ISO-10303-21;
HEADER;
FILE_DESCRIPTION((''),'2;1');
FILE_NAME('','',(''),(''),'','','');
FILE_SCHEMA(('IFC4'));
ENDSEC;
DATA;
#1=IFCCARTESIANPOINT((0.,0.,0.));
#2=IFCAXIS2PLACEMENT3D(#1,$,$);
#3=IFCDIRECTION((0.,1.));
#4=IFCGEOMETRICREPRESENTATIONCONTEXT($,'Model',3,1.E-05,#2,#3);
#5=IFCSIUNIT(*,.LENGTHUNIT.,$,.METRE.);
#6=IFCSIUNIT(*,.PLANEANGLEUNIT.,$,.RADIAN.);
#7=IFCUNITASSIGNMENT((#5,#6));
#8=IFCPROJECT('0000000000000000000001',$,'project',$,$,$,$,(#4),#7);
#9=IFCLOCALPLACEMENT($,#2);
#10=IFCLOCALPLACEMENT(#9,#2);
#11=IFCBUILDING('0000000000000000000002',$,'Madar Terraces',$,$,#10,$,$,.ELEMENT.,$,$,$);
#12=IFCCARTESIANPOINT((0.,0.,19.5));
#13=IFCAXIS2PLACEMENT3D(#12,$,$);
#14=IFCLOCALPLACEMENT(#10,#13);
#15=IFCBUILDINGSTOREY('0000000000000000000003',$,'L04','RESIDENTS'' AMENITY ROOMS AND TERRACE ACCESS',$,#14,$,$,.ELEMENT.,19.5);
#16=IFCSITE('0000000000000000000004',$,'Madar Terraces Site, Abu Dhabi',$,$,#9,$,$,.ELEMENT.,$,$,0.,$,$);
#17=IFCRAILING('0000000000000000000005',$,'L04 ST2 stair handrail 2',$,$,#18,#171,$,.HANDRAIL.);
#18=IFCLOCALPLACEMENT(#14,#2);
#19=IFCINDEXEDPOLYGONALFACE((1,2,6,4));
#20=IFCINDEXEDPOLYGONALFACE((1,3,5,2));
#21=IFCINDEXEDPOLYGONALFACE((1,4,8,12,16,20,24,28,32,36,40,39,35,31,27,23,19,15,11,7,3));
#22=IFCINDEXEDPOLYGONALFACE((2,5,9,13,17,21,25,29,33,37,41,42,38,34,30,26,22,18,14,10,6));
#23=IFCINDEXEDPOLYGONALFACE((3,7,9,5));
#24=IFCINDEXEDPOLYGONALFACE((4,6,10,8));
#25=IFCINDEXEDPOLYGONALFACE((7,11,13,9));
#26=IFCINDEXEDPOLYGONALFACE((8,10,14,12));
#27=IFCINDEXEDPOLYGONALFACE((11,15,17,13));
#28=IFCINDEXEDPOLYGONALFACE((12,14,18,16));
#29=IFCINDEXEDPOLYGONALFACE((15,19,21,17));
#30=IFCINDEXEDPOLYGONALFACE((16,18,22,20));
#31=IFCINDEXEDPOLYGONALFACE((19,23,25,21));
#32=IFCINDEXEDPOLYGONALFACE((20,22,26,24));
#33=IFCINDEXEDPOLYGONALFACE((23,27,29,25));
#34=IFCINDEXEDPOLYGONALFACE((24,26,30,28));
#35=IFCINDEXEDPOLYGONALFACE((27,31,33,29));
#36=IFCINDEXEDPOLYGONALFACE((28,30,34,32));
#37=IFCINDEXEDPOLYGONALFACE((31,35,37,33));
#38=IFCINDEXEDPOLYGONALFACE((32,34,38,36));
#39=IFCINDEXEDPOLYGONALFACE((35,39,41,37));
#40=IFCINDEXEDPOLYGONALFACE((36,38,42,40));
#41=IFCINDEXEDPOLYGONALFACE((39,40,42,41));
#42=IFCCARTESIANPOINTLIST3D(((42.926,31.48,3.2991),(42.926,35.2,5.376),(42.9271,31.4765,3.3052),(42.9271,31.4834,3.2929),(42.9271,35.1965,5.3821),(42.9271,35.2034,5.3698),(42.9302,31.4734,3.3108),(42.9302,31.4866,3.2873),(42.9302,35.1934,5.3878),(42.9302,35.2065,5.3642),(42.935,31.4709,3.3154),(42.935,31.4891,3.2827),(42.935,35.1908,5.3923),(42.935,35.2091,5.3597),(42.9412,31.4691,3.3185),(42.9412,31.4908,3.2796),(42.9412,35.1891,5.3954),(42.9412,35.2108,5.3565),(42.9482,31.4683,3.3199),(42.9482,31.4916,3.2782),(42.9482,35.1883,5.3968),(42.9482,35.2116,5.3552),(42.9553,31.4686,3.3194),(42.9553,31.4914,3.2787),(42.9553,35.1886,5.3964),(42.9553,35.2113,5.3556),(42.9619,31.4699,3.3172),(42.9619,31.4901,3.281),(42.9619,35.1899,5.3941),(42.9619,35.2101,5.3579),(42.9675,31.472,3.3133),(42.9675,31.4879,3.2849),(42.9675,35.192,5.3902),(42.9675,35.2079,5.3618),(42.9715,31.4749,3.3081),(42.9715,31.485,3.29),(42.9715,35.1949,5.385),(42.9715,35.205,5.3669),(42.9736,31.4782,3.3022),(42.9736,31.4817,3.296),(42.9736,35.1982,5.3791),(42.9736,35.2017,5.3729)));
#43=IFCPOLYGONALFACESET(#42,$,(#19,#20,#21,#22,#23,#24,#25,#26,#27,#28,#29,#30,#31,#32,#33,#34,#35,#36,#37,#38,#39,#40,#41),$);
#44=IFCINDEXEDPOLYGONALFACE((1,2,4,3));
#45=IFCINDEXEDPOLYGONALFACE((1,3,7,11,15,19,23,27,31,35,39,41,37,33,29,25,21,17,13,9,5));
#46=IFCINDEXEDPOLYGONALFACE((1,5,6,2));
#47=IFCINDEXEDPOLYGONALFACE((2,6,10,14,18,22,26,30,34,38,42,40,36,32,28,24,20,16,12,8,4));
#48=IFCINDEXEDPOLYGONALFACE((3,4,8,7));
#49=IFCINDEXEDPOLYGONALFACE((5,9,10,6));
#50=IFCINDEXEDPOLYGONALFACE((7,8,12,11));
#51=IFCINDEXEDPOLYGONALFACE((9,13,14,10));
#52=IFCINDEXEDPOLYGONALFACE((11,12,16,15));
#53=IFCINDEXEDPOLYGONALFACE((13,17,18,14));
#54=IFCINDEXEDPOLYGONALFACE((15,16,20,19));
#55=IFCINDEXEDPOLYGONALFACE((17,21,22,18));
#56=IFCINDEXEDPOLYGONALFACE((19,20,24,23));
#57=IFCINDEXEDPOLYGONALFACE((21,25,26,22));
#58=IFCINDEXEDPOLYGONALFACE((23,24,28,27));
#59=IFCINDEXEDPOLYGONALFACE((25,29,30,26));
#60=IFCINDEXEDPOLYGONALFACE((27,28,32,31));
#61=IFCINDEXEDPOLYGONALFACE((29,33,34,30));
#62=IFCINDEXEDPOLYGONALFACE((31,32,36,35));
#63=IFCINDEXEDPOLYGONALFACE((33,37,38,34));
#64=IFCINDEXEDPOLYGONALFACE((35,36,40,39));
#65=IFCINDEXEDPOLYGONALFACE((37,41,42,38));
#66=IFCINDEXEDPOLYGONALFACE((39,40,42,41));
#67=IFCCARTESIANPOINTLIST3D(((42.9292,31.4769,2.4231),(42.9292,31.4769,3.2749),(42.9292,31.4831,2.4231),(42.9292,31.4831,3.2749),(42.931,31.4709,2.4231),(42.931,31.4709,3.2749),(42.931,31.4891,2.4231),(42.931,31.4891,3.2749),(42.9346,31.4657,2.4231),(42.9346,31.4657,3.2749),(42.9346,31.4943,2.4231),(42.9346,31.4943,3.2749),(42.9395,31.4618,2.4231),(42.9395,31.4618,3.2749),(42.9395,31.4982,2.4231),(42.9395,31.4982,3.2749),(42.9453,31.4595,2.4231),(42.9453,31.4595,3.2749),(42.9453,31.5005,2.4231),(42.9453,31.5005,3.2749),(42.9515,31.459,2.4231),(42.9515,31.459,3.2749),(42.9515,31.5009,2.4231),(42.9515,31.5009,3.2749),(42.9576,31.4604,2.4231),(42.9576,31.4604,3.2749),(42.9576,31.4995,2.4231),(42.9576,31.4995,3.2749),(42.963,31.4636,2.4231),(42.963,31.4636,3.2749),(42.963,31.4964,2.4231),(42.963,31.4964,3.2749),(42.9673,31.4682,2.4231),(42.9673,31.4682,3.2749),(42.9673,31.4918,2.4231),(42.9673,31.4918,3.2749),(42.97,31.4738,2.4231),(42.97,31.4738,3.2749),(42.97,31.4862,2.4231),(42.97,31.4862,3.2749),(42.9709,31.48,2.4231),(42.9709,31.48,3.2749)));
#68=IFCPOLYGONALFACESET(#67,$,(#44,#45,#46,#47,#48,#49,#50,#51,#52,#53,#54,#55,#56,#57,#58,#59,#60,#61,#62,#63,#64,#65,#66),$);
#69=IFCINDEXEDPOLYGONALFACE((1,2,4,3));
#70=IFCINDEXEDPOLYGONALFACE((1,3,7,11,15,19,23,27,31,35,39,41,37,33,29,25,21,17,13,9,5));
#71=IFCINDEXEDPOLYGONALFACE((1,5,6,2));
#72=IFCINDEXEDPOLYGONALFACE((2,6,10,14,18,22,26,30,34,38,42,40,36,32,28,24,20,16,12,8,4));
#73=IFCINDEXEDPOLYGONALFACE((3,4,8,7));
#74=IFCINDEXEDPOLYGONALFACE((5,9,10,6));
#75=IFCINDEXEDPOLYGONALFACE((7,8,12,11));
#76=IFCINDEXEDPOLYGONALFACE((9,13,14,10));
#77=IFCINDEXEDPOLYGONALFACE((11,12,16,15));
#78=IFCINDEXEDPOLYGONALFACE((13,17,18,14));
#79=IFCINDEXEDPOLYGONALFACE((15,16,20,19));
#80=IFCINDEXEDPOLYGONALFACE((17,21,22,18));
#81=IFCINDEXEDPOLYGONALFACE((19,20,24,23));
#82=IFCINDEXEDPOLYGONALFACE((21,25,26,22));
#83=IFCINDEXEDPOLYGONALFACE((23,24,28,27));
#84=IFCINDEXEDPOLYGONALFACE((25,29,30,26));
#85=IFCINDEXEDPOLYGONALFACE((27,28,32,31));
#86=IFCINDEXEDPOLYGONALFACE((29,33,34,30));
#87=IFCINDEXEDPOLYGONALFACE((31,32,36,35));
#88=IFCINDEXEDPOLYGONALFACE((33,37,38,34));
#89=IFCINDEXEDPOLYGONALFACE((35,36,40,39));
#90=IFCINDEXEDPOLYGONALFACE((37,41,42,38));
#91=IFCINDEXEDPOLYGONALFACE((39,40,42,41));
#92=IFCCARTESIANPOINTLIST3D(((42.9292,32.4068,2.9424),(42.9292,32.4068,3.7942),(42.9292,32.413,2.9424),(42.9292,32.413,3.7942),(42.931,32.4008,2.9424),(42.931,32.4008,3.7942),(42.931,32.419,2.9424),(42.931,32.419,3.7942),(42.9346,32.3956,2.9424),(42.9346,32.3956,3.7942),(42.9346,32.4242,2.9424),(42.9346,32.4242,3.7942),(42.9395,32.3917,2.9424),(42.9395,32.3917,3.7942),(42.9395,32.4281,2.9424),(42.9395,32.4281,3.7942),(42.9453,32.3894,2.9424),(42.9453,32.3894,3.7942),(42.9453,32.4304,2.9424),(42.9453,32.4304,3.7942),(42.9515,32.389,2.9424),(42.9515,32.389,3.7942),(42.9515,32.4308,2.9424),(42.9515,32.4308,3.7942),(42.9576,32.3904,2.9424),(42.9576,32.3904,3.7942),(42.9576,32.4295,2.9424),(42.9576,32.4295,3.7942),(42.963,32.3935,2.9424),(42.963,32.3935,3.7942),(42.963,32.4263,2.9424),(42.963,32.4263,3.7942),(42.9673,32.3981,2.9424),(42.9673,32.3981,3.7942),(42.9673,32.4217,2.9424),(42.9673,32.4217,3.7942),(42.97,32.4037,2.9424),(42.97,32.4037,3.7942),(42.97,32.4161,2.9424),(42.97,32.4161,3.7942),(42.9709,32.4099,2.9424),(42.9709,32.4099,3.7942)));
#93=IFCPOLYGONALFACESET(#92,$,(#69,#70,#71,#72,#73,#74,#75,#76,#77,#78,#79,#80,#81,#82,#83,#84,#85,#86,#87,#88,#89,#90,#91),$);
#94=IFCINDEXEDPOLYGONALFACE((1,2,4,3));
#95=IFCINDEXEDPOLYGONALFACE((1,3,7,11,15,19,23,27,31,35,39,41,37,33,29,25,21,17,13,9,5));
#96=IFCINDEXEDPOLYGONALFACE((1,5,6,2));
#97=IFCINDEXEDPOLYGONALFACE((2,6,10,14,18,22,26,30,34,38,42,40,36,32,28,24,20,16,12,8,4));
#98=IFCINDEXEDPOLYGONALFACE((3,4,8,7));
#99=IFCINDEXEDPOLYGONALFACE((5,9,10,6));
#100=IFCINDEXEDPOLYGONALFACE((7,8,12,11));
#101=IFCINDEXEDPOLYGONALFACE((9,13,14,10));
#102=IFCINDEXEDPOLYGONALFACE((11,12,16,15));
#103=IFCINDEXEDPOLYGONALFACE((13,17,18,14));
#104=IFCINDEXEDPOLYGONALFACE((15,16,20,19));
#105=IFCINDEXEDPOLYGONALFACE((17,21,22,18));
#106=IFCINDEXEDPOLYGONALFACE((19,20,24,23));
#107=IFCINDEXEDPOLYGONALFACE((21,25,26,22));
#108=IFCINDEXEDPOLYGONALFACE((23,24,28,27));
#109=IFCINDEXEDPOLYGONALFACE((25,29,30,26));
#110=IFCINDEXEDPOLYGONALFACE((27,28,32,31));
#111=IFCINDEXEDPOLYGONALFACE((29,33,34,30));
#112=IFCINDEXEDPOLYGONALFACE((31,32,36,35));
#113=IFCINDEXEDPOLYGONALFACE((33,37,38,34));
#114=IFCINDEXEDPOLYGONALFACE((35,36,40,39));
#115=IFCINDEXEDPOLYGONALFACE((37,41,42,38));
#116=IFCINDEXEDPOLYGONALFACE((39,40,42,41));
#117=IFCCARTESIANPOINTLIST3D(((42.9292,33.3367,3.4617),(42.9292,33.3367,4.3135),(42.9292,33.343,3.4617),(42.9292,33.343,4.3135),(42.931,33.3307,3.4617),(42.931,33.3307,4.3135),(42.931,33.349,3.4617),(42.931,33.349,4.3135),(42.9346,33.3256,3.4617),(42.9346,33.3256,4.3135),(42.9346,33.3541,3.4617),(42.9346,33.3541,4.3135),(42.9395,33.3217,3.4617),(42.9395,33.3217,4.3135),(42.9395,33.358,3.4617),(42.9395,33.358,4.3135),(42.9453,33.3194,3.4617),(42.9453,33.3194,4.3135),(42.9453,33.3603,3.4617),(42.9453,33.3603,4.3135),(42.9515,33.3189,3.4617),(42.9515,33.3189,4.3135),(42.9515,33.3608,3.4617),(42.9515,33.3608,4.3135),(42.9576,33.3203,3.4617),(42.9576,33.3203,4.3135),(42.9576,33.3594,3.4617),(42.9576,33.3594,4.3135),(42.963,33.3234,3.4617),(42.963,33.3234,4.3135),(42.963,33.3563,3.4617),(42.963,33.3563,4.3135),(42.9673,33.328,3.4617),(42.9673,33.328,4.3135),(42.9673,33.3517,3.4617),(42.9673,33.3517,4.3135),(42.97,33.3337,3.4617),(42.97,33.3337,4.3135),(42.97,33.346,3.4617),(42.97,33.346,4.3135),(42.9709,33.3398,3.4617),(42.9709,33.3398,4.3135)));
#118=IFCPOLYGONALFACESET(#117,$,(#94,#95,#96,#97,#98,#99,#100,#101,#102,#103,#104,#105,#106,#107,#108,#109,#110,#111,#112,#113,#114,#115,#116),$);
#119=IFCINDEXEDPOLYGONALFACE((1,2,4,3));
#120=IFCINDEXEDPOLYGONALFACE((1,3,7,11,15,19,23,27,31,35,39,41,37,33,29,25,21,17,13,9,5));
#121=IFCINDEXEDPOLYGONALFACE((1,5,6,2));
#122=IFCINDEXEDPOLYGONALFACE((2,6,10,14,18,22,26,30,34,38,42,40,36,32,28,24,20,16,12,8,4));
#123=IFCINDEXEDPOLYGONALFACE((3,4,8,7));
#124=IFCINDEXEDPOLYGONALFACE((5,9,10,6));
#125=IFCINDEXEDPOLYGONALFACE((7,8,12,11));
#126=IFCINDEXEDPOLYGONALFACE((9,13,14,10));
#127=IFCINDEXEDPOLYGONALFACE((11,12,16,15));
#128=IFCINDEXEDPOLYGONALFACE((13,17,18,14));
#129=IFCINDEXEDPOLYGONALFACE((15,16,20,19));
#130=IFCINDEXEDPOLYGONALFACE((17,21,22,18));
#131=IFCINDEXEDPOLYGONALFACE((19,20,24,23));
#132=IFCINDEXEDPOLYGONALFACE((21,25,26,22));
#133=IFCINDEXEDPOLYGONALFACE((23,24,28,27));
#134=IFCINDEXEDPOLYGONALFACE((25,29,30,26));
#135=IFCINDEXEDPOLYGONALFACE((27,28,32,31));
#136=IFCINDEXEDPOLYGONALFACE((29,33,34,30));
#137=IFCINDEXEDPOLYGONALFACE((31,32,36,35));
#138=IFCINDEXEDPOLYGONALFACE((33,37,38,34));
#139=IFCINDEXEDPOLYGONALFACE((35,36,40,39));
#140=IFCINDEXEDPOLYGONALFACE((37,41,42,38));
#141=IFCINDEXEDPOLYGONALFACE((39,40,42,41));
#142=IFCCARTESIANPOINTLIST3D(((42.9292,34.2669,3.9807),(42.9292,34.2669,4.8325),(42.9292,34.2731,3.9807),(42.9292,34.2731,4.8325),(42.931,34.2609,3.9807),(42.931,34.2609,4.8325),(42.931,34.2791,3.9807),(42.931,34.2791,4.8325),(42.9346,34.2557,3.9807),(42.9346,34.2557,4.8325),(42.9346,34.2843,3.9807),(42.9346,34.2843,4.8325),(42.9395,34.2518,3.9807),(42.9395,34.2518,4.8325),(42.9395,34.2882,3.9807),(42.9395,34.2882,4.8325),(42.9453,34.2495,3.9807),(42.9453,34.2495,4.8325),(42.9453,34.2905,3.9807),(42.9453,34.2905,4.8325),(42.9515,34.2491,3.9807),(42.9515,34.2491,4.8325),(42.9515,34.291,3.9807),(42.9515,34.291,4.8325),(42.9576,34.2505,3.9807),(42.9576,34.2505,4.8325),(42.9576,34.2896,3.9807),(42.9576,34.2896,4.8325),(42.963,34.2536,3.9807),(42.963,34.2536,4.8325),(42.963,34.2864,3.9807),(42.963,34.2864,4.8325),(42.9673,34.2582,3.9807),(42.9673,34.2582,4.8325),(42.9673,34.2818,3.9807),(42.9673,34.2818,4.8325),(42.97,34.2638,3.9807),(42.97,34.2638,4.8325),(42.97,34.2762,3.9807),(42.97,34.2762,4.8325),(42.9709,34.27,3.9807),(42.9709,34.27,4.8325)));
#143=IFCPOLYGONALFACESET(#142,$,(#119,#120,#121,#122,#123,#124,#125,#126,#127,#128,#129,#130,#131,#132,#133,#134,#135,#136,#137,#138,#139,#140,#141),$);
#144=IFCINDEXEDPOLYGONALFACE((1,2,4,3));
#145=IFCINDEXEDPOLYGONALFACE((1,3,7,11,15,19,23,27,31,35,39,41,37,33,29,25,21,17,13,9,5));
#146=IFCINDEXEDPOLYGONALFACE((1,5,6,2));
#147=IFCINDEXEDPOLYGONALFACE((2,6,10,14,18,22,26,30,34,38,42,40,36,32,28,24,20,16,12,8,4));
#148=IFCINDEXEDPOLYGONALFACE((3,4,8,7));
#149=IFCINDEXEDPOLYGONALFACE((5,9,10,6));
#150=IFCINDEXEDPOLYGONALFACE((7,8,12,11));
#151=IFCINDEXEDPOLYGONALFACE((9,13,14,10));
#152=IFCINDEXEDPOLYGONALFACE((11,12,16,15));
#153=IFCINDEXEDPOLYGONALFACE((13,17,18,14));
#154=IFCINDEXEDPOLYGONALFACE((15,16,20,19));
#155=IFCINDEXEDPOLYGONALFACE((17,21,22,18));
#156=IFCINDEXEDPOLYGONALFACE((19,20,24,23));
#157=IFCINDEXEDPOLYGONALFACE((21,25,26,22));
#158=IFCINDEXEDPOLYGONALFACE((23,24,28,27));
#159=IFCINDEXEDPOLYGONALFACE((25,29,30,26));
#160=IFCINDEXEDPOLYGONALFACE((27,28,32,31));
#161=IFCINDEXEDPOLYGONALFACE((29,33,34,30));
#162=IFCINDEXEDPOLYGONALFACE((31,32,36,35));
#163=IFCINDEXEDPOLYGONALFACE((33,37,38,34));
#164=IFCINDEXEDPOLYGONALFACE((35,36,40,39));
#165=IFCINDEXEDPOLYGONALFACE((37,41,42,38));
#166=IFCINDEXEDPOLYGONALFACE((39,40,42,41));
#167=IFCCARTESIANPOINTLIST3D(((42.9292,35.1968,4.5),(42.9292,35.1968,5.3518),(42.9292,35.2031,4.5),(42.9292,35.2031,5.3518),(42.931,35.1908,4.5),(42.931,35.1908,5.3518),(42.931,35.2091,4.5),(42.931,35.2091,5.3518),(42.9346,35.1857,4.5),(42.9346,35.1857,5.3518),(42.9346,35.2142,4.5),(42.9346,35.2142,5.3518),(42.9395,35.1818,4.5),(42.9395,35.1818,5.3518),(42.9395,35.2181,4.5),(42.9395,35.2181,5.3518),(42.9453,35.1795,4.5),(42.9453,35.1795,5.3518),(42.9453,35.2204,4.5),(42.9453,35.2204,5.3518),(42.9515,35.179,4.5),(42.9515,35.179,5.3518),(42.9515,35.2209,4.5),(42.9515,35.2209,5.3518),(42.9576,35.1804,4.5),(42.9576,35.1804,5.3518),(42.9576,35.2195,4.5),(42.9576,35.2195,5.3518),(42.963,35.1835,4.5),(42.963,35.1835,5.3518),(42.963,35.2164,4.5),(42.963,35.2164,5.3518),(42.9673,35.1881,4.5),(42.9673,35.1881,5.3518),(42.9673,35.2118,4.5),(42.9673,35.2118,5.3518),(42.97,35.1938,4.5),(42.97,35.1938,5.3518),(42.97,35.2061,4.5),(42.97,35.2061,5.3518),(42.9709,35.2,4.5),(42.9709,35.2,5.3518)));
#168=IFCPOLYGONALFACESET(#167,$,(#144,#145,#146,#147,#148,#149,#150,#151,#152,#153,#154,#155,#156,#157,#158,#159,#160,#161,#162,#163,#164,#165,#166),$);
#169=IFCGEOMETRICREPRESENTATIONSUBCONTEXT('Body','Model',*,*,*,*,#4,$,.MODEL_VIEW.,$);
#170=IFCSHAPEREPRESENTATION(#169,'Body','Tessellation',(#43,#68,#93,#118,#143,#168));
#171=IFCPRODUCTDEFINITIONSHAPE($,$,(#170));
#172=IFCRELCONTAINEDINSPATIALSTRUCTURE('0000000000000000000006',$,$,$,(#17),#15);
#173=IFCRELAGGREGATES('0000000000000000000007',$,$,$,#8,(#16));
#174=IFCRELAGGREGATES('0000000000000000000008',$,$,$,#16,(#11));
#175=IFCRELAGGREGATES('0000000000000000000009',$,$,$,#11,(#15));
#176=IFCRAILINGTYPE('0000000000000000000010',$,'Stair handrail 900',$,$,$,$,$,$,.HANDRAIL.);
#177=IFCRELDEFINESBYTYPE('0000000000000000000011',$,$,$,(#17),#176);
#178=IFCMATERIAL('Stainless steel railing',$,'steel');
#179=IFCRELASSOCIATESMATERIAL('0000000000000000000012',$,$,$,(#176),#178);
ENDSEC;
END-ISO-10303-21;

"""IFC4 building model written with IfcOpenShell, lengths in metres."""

from ifc_helpers import new_model, si_unit, direction, frame, origin, origin_2d, place, context, subcontext, project, spatial, circle, extrude, material, type_object, element, save


model = new_model("IFC4")

# Units and contexts
model_context = context("Model", 3, precision=1e-05, world=origin(), true_north=direction((0.0, 1.0)))
body_context = subcontext(model_context, "Body", "Model", "MODEL_VIEW")
ifc_project = project(units=[si_unit("LENGTHUNIT", "METRE"), si_unit("PLANEANGLEUNIT", "RADIAN")], contexts=[model_context])

# Site, building, storey
site_placement = place(None, origin())
site = spatial("IfcSite", under=ifc_project, at=site_placement, Name="Madar Terraces Site, Abu Dhabi", CompositionType="ELEMENT", RefElevation=0.0)
building_placement = place(site_placement, origin())
building = spatial("IfcBuilding", under=site, at=building_placement, Name="Madar Terraces", CompositionType="ELEMENT")
storey_placement = place(building_placement, frame((0.0, 0.0, 19.5)))
storey = spatial("IfcBuildingStorey", under=building, at=storey_placement, Name="L04", Description="RESIDENTS' AMENITY ROOMS AND TERRACE ACCESS", CompositionType="ELEMENT", Elevation=19.5)

# Railing
ifc_material_1 = material(Name="Stainless steel railing", Category="steel")
railing_type_1 = type_object("IfcRailingType", Name="Stair handrail 900", PredefinedType="HANDRAIL", material=ifc_material_1)
railing_1_placement = place(storey_placement, frame((42.95, 31.48, 2.4231)))
element("IfcRailing", 1, at=railing_1_placement, inside=storey, type_object=railing_type_1, Name="L04 ST2 stair handrail 2", PredefinedType="HANDRAIL", context=body_context, shape_type="SweptSolid", body=[
    extrude(circle(Radius=0.0239, at=origin_2d()), frame((0.0, 0.0, 0.876), z_axis=(0.0, 0.873134, 0.487481), x_axis=(-1.0, 0.0, 0.0)), (0.0, 0.0, 1.0), 4.2605),
    extrude(circle(Radius=0.021, at=origin_2d()), origin(), (0.0, 0.0, 1.0), 0.8518),
    extrude(circle(Radius=0.021, at=origin_2d()), frame((0.0, 0.9299, 0.5193)), (0.0, 0.0, 1.0), 0.8518),
    extrude(circle(Radius=0.021, at=origin_2d()), frame((0.0, 1.8599, 1.0386)), (0.0, 0.0, 1.0), 0.8518),
    extrude(circle(Radius=0.021, at=origin_2d()), frame((0.0, 2.79, 1.5576)), (0.0, 0.0, 1.0), 0.8518),
    extrude(circle(Radius=0.021, at=origin_2d()), frame((0.0, 3.72, 2.0769)), (0.0, 0.0, 1.0), 0.8518),
])

save(model, "model.ifc")
